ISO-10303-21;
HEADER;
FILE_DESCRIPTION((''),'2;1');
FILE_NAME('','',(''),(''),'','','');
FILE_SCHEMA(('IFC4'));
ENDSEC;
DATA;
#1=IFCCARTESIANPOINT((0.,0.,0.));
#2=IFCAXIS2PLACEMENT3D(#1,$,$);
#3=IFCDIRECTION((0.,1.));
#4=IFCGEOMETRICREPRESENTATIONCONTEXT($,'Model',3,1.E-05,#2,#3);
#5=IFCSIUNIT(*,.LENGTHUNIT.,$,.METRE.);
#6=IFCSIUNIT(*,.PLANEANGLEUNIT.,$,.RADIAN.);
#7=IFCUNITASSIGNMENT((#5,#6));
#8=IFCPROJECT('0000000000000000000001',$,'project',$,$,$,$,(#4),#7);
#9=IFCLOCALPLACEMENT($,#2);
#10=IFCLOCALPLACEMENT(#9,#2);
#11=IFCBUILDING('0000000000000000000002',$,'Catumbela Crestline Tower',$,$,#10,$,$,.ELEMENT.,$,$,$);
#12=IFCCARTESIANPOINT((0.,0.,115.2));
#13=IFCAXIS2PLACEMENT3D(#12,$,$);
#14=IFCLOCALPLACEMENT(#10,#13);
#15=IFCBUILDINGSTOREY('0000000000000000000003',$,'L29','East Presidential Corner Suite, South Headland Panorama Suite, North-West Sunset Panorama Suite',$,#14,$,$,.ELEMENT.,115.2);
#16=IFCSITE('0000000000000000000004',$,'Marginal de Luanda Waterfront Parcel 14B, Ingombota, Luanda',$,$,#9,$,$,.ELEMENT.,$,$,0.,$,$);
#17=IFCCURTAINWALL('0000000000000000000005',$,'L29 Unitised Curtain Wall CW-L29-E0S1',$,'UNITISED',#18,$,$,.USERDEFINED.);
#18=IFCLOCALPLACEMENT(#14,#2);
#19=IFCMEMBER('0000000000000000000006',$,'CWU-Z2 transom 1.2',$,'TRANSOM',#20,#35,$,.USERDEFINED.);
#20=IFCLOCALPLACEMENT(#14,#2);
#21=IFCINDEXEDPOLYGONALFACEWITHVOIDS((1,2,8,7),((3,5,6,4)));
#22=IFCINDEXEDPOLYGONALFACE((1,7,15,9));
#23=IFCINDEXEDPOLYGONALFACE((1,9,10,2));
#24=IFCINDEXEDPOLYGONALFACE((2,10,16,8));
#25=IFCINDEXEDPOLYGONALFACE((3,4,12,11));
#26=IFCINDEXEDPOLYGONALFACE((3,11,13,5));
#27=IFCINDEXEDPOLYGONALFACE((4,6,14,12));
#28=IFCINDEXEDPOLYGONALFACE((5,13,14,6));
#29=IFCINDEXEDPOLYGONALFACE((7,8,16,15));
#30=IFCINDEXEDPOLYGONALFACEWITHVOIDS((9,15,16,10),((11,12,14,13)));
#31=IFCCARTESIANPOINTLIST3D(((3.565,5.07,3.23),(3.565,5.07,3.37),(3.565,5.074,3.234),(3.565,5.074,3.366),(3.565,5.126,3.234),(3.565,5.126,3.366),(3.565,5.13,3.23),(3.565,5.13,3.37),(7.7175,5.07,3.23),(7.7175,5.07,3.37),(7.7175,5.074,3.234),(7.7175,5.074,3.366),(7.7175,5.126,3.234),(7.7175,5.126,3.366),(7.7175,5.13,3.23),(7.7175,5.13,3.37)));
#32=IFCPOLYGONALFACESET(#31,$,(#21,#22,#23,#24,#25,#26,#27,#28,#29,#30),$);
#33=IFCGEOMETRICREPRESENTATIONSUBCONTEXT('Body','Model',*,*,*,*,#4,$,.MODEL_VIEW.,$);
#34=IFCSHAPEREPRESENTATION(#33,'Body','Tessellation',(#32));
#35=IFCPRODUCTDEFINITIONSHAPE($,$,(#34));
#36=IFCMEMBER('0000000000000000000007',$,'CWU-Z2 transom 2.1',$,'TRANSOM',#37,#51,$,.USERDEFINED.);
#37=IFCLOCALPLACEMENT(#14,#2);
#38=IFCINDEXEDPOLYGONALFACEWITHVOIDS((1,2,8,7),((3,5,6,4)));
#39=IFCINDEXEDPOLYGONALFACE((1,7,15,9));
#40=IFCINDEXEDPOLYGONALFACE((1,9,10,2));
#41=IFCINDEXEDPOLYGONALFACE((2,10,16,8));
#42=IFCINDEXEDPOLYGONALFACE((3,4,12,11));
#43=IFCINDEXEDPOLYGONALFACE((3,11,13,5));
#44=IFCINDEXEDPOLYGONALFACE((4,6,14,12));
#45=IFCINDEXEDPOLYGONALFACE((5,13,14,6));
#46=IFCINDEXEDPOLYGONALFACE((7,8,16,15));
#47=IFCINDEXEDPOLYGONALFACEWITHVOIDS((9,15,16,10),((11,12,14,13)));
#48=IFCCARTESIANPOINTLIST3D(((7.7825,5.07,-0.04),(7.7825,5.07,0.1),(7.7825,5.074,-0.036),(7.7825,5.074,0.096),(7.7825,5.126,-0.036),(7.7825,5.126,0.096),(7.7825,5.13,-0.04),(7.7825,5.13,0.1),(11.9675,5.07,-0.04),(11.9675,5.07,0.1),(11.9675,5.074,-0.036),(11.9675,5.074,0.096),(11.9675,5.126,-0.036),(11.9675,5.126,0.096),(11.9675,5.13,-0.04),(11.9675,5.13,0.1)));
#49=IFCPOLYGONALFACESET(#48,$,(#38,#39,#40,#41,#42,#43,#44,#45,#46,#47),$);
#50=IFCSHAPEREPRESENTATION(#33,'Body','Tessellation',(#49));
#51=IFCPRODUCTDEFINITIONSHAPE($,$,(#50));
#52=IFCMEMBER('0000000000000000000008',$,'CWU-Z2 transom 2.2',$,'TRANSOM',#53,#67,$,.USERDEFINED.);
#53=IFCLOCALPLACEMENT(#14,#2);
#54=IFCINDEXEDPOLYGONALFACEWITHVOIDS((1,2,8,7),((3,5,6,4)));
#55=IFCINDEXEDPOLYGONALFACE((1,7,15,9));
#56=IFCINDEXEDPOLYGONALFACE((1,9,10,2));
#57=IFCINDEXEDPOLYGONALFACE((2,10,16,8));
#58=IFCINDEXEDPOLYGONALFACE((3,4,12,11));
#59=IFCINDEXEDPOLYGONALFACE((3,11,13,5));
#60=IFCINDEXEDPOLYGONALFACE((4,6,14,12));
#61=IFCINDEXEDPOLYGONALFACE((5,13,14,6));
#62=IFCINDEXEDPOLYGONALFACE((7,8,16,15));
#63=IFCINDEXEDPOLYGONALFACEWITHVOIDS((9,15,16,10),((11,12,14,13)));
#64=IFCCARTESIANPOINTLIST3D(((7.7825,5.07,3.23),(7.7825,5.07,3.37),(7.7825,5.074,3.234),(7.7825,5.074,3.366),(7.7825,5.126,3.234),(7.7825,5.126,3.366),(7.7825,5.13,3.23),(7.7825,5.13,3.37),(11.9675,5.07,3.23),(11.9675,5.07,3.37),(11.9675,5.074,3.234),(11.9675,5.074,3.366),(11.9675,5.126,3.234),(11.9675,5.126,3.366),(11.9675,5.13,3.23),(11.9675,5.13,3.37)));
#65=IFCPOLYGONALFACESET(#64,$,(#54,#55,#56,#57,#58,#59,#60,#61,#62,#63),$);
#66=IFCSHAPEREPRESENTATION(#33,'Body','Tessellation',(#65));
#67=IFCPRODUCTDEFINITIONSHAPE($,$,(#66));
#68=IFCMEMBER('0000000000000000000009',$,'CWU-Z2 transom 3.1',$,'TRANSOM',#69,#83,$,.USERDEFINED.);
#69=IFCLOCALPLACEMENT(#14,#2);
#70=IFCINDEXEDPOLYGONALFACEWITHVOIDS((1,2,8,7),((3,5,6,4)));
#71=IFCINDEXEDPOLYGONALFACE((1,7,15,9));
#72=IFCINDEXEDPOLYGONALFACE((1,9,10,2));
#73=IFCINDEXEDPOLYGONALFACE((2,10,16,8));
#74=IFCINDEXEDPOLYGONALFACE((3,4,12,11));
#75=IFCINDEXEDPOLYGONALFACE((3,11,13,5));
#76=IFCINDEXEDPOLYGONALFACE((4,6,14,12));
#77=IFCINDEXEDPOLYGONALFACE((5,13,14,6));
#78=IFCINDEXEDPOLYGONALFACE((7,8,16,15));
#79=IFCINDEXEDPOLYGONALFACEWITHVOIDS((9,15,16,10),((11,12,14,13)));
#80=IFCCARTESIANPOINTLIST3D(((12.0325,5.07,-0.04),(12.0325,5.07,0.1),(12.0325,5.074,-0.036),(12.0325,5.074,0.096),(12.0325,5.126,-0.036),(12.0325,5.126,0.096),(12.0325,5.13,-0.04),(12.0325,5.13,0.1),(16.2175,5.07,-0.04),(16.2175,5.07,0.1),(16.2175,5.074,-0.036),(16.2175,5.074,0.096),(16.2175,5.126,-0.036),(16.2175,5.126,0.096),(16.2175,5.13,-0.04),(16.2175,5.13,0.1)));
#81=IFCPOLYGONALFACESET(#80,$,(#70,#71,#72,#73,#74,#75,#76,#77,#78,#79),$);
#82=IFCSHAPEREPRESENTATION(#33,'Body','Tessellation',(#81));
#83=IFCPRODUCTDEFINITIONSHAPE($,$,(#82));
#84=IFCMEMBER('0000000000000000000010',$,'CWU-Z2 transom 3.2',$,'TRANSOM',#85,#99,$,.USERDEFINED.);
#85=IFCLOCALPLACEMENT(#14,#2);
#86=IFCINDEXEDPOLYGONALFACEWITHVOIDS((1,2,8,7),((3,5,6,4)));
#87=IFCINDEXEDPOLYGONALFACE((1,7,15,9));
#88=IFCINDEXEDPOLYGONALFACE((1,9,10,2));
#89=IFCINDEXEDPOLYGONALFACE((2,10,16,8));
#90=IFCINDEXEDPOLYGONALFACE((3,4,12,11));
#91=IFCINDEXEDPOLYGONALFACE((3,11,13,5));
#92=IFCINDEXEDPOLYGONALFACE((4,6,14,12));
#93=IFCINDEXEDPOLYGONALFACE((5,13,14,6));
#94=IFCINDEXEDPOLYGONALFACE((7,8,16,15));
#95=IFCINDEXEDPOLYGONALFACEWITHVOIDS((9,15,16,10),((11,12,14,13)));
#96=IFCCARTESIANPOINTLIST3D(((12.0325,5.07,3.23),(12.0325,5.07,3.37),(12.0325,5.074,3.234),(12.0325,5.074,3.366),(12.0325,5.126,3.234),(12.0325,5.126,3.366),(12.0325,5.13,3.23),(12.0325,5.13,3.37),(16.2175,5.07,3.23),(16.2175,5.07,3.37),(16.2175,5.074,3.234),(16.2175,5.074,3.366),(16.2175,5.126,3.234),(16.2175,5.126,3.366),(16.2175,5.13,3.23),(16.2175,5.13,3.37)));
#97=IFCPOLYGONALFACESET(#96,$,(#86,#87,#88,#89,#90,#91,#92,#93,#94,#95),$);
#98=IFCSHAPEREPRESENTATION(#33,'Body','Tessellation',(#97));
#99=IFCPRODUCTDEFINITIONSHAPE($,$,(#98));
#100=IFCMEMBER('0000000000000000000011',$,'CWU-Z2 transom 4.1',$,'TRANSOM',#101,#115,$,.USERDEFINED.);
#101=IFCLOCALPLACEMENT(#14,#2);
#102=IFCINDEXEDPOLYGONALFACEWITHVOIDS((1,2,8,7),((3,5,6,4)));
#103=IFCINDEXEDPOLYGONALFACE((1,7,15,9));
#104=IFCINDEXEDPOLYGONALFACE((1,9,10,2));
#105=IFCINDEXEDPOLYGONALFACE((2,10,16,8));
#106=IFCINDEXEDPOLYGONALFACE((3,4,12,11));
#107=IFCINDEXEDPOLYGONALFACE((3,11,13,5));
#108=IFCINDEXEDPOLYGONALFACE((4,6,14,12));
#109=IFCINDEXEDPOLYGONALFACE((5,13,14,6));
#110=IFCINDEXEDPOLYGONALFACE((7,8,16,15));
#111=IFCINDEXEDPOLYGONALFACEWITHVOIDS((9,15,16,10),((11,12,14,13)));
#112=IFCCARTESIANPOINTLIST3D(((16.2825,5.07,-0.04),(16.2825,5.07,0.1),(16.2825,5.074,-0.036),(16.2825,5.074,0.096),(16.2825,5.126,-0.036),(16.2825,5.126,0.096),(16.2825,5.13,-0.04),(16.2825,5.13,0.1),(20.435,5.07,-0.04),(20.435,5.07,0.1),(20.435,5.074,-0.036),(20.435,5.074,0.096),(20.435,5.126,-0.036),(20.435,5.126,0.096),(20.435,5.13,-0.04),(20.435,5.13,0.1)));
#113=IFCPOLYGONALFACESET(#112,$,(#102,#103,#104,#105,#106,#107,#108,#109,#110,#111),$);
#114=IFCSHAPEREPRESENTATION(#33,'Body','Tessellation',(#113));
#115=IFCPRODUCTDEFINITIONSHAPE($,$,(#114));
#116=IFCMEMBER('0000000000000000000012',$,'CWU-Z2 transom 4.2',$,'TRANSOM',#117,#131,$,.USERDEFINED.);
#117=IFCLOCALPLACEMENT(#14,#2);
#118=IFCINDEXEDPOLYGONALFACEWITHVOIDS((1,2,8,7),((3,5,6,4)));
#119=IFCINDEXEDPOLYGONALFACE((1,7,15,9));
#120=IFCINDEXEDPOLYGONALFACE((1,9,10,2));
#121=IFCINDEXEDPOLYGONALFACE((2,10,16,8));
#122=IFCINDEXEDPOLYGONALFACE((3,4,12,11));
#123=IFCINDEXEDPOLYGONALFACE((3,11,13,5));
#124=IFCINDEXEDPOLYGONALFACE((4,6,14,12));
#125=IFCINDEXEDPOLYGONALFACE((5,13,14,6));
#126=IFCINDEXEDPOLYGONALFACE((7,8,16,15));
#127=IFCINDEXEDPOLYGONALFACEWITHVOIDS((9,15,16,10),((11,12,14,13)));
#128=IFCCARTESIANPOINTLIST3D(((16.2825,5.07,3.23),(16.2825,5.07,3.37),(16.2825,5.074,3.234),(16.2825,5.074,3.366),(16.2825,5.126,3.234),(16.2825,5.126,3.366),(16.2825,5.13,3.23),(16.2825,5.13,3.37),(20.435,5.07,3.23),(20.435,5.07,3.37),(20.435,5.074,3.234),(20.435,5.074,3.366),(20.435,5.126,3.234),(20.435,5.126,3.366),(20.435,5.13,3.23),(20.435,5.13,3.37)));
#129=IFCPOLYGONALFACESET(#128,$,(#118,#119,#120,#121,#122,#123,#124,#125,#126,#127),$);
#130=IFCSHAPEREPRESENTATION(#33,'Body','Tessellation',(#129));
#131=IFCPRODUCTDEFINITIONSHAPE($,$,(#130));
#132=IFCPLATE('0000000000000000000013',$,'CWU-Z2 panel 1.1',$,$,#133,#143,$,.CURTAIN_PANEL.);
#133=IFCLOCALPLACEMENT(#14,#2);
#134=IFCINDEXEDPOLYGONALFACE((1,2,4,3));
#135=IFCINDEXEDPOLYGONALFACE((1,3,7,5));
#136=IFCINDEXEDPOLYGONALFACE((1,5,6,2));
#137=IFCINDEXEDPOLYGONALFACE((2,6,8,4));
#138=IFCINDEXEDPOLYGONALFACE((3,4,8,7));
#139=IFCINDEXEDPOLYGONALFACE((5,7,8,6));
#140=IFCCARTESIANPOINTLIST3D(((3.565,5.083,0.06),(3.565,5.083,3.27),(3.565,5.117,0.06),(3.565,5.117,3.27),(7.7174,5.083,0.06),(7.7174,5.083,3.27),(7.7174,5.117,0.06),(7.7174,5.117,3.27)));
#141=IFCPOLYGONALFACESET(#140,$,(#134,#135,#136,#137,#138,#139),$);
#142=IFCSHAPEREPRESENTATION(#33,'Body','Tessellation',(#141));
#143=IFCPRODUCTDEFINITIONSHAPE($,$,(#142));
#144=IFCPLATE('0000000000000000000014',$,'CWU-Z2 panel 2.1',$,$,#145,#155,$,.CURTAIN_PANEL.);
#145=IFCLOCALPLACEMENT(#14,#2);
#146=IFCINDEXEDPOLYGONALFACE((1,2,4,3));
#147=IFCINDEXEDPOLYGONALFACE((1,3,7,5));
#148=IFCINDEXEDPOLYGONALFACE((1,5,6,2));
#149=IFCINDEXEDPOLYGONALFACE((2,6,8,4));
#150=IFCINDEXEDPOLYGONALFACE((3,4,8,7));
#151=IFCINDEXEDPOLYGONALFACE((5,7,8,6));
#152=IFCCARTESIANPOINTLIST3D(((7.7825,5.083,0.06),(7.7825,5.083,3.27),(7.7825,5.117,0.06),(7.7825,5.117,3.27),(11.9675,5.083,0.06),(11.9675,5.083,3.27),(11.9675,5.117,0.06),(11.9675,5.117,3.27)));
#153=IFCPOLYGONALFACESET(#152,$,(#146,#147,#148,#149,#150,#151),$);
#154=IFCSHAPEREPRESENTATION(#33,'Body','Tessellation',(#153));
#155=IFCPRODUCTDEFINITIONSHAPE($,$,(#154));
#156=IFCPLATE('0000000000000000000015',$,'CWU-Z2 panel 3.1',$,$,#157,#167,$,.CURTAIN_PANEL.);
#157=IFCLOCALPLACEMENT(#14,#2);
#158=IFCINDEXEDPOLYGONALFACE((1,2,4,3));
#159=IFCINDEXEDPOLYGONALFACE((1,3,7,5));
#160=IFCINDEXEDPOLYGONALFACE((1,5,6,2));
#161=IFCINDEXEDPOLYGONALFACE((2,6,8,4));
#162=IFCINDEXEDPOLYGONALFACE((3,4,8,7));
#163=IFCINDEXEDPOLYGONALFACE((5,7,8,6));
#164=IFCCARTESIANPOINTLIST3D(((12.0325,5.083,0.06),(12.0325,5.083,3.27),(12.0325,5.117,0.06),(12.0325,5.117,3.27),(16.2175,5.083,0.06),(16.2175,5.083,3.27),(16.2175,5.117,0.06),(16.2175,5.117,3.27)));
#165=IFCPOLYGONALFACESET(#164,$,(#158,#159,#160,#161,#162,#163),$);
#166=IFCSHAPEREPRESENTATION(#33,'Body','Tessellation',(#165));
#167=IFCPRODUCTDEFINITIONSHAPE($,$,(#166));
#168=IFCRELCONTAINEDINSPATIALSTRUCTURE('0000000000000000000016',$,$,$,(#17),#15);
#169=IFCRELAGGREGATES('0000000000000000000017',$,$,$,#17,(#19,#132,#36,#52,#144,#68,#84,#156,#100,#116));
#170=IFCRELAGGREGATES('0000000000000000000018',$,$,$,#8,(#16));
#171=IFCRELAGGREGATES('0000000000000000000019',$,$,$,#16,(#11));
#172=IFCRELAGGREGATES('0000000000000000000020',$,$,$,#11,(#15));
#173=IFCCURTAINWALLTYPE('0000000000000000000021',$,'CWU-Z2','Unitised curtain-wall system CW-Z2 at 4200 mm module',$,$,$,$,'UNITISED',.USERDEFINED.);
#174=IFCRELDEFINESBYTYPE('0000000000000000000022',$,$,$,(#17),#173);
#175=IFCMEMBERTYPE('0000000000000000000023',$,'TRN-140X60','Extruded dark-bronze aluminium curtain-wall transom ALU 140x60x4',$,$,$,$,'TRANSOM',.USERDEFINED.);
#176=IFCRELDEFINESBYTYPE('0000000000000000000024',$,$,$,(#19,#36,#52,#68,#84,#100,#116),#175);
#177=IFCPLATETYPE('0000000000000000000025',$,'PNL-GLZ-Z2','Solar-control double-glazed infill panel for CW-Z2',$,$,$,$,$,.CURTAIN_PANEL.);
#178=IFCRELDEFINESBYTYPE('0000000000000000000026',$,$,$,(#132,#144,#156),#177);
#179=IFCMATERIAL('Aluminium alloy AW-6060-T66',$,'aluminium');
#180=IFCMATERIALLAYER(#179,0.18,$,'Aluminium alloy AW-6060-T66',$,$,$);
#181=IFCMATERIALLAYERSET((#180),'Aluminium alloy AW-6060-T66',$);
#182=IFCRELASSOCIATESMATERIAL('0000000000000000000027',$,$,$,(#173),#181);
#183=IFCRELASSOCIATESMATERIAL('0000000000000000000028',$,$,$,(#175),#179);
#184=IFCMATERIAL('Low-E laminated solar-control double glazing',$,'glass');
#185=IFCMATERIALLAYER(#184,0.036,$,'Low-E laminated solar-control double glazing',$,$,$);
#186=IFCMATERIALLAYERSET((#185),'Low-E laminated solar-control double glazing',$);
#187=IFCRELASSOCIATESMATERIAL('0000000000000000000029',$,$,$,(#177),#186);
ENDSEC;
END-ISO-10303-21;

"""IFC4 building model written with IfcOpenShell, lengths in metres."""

from ifc_helpers import new_model, si_unit, direction, frame, origin, origin_2d, place, context, subcontext, project, spatial, rectangle, hollow_rectangle, extrude, material, layer, layer_set, material_profile, profile_set, type_object, element, aggregate, save


model = new_model("IFC4")

# Units and contexts
model_context = context("Model", 3, precision=1e-05, world=origin(), true_north=direction((0.0, 1.0)))
body_context = subcontext(model_context, "Body", "Model", "MODEL_VIEW")
ifc_project = project(units=[si_unit("LENGTHUNIT", "METRE"), si_unit("PLANEANGLEUNIT", "RADIAN")], contexts=[model_context])

# Site, building, storey
site_placement = place(None, origin())
site = spatial("IfcSite", under=ifc_project, at=site_placement, Name="Marginal de Luanda Waterfront Parcel 14B, Ingombota, Luanda", CompositionType="ELEMENT", RefElevation=0.0)
building_placement = place(site_placement, origin())
building = spatial("IfcBuilding", under=site, at=building_placement, Name="Catumbela Crestline Tower", CompositionType="ELEMENT")
storey_placement = place(building_placement, frame((0.0, 0.0, 115.2)))
storey = spatial("IfcBuildingStorey", under=building, at=storey_placement, Name="L29", Description="East Presidential Corner Suite, South Headland Panorama Suite, North-West Sunset Panorama Suite", CompositionType="ELEMENT", Elevation=115.2)

# Curtain wall, members, plates
ifc_material_1 = material(Name="Aluminium alloy AW-6060-T66", Category="aluminium")
ifc_layer_1 = layer(ifc_material_1, 0.18, Name="Aluminium alloy AW-6060-T66")
ifc_layer_set_1 = layer_set([ifc_layer_1], Name="Aluminium alloy AW-6060-T66")
curtain_wall_type = type_object("IfcCurtainWallType", Name="CWU-Z2", Description="Unitised curtain-wall system CW-Z2 at 4200 mm module", ElementType="UNITISED", PredefinedType="USERDEFINED", material=ifc_layer_set_1)
curtain_wall_placement = place(storey_placement, origin())
curtain_wall = element("IfcCurtainWall", 1, at=curtain_wall_placement, inside=storey, type_object=curtain_wall_type, Name="L29 Unitised Curtain Wall CW-L29-E0S1", ObjectType="UNITISED", PredefinedType="USERDEFINED")
ifc_material_profile_1 = material_profile(ifc_material_1, hollow_rectangle(XDim=0.06, YDim=0.14, WallThickness=0.004, at=origin_2d()), Name="ALU 140x60x4")
ifc_profile_set_1 = profile_set([ifc_material_profile_1], Name="Aluminium alloy AW-6060-T66")
member_type_1 = type_object("IfcMemberType", Name="TRN-140X60", Description="Extruded dark-bronze aluminium curtain-wall transom ALU 140x60x4", ElementType="TRANSOM", PredefinedType="USERDEFINED", material=ifc_profile_set_1)
member_1_placement = place(storey_placement, frame((3.565, 5.1, 3.3), z_axis=(1.0, 0.0, 0.0), x_axis=(0.0, 1.0, 0.0)))
member_1 = element("IfcMember", 2, at=member_1_placement, type_object=member_type_1, Name="CWU-Z2 transom 1.2", ObjectType="TRANSOM", PredefinedType="USERDEFINED", context=body_context, shape_type="SweptSolid", body=[
    extrude(hollow_rectangle(XDim=0.06, YDim=0.14, WallThickness=0.004, at=origin_2d()), origin(), (0.0, 0.0, 1.0), 4.1525),
])
member_2_placement = place(storey_placement, frame((7.7825, 5.1, 0.03), z_axis=(1.0, 0.0, 0.0), x_axis=(0.0, 1.0, 0.0)))
member_2 = element("IfcMember", 3, at=member_2_placement, type_object=member_type_1, Name="CWU-Z2 transom 2.1", ObjectType="TRANSOM", PredefinedType="USERDEFINED", context=body_context, shape_type="SweptSolid", body=[
    extrude(hollow_rectangle(XDim=0.06, YDim=0.14, WallThickness=0.004, at=origin_2d()), origin(), (0.0, 0.0, 1.0), 4.185),
])
member_3_placement = place(storey_placement, frame((7.7825, 5.1, 3.3), z_axis=(1.0, 0.0, 0.0), x_axis=(0.0, 1.0, 0.0)))
member_3 = element("IfcMember", 4, at=member_3_placement, type_object=member_type_1, Name="CWU-Z2 transom 2.2", ObjectType="TRANSOM", PredefinedType="USERDEFINED", context=body_context, shape_type="SweptSolid", body=[
    extrude(hollow_rectangle(XDim=0.06, YDim=0.14, WallThickness=0.004, at=origin_2d()), origin(), (0.0, 0.0, 1.0), 4.185),
])
member_4_placement = place(storey_placement, frame((12.0325, 5.1, 0.03), z_axis=(1.0, 0.0, 0.0), x_axis=(0.0, 1.0, 0.0)))
member_4 = element("IfcMember", 5, at=member_4_placement, type_object=member_type_1, Name="CWU-Z2 transom 3.1", ObjectType="TRANSOM", PredefinedType="USERDEFINED", context=body_context, shape_type="SweptSolid", body=[
    extrude(hollow_rectangle(XDim=0.06, YDim=0.14, WallThickness=0.004, at=origin_2d()), origin(), (0.0, 0.0, 1.0), 4.185),
])
member_5_placement = place(storey_placement, frame((12.0325, 5.1, 3.3), z_axis=(1.0, 0.0, 0.0), x_axis=(0.0, 1.0, 0.0)))
member_5 = element("IfcMember", 6, at=member_5_placement, type_object=member_type_1, Name="CWU-Z2 transom 3.2", ObjectType="TRANSOM", PredefinedType="USERDEFINED", context=body_context, shape_type="SweptSolid", body=[
    extrude(hollow_rectangle(XDim=0.06, YDim=0.14, WallThickness=0.004, at=origin_2d()), origin(), (0.0, 0.0, 1.0), 4.185),
])
member_6_placement = place(storey_placement, frame((16.2825, 5.1, 0.03), z_axis=(1.0, 0.0, 0.0), x_axis=(0.0, 1.0, 0.0)))
member_6 = element("IfcMember", 7, at=member_6_placement, type_object=member_type_1, Name="CWU-Z2 transom 4.1", ObjectType="TRANSOM", PredefinedType="USERDEFINED", context=body_context, shape_type="SweptSolid", body=[
    extrude(hollow_rectangle(XDim=0.06, YDim=0.14, WallThickness=0.004, at=origin_2d()), origin(), (0.0, 0.0, 1.0), 4.1525),
])
member_7_placement = place(storey_placement, frame((16.2825, 5.1, 3.3), z_axis=(1.0, 0.0, 0.0), x_axis=(0.0, 1.0, 0.0)))
member_7 = element("IfcMember", 8, at=member_7_placement, type_object=member_type_1, Name="CWU-Z2 transom 4.2", ObjectType="TRANSOM", PredefinedType="USERDEFINED", context=body_context, shape_type="SweptSolid", body=[
    extrude(hollow_rectangle(XDim=0.06, YDim=0.14, WallThickness=0.004, at=origin_2d()), origin(), (0.0, 0.0, 1.0), 4.1525),
])
ifc_material_2 = material(Name="Low-E laminated solar-control double glazing", Category="glass")
ifc_layer_2 = layer(ifc_material_2, 0.036, Name="Low-E laminated solar-control double glazing")
ifc_layer_set_2 = layer_set([ifc_layer_2], Name="Low-E laminated solar-control double glazing")
plate_type = type_object("IfcPlateType", Name="PNL-GLZ-Z2", Description="Solar-control double-glazed infill panel for CW-Z2", PredefinedType="CURTAIN_PANEL", material=ifc_layer_set_2)
plate_1_placement = place(storey_placement, frame((5.6412, 5.1, 0.06), z_axis=(0.0, 0.0, 1.0), x_axis=(1.0, 0.0, 0.0)))
plate_1 = element("IfcPlate", 9, at=plate_1_placement, type_object=plate_type, Name="CWU-Z2 panel 1.1", PredefinedType="CURTAIN_PANEL", context=body_context, shape_type="SweptSolid", body=[
    extrude(rectangle(XDim=4.1525, YDim=0.034, at=origin_2d()), origin(), (0.0, 0.0, 1.0), 3.21),
])
plate_2_placement = place(storey_placement, frame((9.875, 5.1, 0.06), z_axis=(0.0, 0.0, 1.0), x_axis=(1.0, 0.0, 0.0)))
plate_2 = element("IfcPlate", 10, at=plate_2_placement, type_object=plate_type, Name="CWU-Z2 panel 2.1", PredefinedType="CURTAIN_PANEL", context=body_context, shape_type="SweptSolid", body=[
    extrude(rectangle(XDim=4.185, YDim=0.034, at=origin_2d()), origin(), (0.0, 0.0, 1.0), 3.21),
])
plate_3_placement = place(storey_placement, frame((14.125, 5.1, 0.06), z_axis=(0.0, 0.0, 1.0), x_axis=(1.0, 0.0, 0.0)))
plate_3 = element("IfcPlate", 11, at=plate_3_placement, type_object=plate_type, Name="CWU-Z2 panel 3.1", PredefinedType="CURTAIN_PANEL", context=body_context, shape_type="SweptSolid", body=[
    extrude(rectangle(XDim=4.185, YDim=0.034, at=origin_2d()), origin(), (0.0, 0.0, 1.0), 3.21),
])
aggregate(curtain_wall, [member_1, plate_1, member_2, member_3, plate_2, member_4, member_5, plate_3, member_6, member_7])

save(model, "model.ifc")
